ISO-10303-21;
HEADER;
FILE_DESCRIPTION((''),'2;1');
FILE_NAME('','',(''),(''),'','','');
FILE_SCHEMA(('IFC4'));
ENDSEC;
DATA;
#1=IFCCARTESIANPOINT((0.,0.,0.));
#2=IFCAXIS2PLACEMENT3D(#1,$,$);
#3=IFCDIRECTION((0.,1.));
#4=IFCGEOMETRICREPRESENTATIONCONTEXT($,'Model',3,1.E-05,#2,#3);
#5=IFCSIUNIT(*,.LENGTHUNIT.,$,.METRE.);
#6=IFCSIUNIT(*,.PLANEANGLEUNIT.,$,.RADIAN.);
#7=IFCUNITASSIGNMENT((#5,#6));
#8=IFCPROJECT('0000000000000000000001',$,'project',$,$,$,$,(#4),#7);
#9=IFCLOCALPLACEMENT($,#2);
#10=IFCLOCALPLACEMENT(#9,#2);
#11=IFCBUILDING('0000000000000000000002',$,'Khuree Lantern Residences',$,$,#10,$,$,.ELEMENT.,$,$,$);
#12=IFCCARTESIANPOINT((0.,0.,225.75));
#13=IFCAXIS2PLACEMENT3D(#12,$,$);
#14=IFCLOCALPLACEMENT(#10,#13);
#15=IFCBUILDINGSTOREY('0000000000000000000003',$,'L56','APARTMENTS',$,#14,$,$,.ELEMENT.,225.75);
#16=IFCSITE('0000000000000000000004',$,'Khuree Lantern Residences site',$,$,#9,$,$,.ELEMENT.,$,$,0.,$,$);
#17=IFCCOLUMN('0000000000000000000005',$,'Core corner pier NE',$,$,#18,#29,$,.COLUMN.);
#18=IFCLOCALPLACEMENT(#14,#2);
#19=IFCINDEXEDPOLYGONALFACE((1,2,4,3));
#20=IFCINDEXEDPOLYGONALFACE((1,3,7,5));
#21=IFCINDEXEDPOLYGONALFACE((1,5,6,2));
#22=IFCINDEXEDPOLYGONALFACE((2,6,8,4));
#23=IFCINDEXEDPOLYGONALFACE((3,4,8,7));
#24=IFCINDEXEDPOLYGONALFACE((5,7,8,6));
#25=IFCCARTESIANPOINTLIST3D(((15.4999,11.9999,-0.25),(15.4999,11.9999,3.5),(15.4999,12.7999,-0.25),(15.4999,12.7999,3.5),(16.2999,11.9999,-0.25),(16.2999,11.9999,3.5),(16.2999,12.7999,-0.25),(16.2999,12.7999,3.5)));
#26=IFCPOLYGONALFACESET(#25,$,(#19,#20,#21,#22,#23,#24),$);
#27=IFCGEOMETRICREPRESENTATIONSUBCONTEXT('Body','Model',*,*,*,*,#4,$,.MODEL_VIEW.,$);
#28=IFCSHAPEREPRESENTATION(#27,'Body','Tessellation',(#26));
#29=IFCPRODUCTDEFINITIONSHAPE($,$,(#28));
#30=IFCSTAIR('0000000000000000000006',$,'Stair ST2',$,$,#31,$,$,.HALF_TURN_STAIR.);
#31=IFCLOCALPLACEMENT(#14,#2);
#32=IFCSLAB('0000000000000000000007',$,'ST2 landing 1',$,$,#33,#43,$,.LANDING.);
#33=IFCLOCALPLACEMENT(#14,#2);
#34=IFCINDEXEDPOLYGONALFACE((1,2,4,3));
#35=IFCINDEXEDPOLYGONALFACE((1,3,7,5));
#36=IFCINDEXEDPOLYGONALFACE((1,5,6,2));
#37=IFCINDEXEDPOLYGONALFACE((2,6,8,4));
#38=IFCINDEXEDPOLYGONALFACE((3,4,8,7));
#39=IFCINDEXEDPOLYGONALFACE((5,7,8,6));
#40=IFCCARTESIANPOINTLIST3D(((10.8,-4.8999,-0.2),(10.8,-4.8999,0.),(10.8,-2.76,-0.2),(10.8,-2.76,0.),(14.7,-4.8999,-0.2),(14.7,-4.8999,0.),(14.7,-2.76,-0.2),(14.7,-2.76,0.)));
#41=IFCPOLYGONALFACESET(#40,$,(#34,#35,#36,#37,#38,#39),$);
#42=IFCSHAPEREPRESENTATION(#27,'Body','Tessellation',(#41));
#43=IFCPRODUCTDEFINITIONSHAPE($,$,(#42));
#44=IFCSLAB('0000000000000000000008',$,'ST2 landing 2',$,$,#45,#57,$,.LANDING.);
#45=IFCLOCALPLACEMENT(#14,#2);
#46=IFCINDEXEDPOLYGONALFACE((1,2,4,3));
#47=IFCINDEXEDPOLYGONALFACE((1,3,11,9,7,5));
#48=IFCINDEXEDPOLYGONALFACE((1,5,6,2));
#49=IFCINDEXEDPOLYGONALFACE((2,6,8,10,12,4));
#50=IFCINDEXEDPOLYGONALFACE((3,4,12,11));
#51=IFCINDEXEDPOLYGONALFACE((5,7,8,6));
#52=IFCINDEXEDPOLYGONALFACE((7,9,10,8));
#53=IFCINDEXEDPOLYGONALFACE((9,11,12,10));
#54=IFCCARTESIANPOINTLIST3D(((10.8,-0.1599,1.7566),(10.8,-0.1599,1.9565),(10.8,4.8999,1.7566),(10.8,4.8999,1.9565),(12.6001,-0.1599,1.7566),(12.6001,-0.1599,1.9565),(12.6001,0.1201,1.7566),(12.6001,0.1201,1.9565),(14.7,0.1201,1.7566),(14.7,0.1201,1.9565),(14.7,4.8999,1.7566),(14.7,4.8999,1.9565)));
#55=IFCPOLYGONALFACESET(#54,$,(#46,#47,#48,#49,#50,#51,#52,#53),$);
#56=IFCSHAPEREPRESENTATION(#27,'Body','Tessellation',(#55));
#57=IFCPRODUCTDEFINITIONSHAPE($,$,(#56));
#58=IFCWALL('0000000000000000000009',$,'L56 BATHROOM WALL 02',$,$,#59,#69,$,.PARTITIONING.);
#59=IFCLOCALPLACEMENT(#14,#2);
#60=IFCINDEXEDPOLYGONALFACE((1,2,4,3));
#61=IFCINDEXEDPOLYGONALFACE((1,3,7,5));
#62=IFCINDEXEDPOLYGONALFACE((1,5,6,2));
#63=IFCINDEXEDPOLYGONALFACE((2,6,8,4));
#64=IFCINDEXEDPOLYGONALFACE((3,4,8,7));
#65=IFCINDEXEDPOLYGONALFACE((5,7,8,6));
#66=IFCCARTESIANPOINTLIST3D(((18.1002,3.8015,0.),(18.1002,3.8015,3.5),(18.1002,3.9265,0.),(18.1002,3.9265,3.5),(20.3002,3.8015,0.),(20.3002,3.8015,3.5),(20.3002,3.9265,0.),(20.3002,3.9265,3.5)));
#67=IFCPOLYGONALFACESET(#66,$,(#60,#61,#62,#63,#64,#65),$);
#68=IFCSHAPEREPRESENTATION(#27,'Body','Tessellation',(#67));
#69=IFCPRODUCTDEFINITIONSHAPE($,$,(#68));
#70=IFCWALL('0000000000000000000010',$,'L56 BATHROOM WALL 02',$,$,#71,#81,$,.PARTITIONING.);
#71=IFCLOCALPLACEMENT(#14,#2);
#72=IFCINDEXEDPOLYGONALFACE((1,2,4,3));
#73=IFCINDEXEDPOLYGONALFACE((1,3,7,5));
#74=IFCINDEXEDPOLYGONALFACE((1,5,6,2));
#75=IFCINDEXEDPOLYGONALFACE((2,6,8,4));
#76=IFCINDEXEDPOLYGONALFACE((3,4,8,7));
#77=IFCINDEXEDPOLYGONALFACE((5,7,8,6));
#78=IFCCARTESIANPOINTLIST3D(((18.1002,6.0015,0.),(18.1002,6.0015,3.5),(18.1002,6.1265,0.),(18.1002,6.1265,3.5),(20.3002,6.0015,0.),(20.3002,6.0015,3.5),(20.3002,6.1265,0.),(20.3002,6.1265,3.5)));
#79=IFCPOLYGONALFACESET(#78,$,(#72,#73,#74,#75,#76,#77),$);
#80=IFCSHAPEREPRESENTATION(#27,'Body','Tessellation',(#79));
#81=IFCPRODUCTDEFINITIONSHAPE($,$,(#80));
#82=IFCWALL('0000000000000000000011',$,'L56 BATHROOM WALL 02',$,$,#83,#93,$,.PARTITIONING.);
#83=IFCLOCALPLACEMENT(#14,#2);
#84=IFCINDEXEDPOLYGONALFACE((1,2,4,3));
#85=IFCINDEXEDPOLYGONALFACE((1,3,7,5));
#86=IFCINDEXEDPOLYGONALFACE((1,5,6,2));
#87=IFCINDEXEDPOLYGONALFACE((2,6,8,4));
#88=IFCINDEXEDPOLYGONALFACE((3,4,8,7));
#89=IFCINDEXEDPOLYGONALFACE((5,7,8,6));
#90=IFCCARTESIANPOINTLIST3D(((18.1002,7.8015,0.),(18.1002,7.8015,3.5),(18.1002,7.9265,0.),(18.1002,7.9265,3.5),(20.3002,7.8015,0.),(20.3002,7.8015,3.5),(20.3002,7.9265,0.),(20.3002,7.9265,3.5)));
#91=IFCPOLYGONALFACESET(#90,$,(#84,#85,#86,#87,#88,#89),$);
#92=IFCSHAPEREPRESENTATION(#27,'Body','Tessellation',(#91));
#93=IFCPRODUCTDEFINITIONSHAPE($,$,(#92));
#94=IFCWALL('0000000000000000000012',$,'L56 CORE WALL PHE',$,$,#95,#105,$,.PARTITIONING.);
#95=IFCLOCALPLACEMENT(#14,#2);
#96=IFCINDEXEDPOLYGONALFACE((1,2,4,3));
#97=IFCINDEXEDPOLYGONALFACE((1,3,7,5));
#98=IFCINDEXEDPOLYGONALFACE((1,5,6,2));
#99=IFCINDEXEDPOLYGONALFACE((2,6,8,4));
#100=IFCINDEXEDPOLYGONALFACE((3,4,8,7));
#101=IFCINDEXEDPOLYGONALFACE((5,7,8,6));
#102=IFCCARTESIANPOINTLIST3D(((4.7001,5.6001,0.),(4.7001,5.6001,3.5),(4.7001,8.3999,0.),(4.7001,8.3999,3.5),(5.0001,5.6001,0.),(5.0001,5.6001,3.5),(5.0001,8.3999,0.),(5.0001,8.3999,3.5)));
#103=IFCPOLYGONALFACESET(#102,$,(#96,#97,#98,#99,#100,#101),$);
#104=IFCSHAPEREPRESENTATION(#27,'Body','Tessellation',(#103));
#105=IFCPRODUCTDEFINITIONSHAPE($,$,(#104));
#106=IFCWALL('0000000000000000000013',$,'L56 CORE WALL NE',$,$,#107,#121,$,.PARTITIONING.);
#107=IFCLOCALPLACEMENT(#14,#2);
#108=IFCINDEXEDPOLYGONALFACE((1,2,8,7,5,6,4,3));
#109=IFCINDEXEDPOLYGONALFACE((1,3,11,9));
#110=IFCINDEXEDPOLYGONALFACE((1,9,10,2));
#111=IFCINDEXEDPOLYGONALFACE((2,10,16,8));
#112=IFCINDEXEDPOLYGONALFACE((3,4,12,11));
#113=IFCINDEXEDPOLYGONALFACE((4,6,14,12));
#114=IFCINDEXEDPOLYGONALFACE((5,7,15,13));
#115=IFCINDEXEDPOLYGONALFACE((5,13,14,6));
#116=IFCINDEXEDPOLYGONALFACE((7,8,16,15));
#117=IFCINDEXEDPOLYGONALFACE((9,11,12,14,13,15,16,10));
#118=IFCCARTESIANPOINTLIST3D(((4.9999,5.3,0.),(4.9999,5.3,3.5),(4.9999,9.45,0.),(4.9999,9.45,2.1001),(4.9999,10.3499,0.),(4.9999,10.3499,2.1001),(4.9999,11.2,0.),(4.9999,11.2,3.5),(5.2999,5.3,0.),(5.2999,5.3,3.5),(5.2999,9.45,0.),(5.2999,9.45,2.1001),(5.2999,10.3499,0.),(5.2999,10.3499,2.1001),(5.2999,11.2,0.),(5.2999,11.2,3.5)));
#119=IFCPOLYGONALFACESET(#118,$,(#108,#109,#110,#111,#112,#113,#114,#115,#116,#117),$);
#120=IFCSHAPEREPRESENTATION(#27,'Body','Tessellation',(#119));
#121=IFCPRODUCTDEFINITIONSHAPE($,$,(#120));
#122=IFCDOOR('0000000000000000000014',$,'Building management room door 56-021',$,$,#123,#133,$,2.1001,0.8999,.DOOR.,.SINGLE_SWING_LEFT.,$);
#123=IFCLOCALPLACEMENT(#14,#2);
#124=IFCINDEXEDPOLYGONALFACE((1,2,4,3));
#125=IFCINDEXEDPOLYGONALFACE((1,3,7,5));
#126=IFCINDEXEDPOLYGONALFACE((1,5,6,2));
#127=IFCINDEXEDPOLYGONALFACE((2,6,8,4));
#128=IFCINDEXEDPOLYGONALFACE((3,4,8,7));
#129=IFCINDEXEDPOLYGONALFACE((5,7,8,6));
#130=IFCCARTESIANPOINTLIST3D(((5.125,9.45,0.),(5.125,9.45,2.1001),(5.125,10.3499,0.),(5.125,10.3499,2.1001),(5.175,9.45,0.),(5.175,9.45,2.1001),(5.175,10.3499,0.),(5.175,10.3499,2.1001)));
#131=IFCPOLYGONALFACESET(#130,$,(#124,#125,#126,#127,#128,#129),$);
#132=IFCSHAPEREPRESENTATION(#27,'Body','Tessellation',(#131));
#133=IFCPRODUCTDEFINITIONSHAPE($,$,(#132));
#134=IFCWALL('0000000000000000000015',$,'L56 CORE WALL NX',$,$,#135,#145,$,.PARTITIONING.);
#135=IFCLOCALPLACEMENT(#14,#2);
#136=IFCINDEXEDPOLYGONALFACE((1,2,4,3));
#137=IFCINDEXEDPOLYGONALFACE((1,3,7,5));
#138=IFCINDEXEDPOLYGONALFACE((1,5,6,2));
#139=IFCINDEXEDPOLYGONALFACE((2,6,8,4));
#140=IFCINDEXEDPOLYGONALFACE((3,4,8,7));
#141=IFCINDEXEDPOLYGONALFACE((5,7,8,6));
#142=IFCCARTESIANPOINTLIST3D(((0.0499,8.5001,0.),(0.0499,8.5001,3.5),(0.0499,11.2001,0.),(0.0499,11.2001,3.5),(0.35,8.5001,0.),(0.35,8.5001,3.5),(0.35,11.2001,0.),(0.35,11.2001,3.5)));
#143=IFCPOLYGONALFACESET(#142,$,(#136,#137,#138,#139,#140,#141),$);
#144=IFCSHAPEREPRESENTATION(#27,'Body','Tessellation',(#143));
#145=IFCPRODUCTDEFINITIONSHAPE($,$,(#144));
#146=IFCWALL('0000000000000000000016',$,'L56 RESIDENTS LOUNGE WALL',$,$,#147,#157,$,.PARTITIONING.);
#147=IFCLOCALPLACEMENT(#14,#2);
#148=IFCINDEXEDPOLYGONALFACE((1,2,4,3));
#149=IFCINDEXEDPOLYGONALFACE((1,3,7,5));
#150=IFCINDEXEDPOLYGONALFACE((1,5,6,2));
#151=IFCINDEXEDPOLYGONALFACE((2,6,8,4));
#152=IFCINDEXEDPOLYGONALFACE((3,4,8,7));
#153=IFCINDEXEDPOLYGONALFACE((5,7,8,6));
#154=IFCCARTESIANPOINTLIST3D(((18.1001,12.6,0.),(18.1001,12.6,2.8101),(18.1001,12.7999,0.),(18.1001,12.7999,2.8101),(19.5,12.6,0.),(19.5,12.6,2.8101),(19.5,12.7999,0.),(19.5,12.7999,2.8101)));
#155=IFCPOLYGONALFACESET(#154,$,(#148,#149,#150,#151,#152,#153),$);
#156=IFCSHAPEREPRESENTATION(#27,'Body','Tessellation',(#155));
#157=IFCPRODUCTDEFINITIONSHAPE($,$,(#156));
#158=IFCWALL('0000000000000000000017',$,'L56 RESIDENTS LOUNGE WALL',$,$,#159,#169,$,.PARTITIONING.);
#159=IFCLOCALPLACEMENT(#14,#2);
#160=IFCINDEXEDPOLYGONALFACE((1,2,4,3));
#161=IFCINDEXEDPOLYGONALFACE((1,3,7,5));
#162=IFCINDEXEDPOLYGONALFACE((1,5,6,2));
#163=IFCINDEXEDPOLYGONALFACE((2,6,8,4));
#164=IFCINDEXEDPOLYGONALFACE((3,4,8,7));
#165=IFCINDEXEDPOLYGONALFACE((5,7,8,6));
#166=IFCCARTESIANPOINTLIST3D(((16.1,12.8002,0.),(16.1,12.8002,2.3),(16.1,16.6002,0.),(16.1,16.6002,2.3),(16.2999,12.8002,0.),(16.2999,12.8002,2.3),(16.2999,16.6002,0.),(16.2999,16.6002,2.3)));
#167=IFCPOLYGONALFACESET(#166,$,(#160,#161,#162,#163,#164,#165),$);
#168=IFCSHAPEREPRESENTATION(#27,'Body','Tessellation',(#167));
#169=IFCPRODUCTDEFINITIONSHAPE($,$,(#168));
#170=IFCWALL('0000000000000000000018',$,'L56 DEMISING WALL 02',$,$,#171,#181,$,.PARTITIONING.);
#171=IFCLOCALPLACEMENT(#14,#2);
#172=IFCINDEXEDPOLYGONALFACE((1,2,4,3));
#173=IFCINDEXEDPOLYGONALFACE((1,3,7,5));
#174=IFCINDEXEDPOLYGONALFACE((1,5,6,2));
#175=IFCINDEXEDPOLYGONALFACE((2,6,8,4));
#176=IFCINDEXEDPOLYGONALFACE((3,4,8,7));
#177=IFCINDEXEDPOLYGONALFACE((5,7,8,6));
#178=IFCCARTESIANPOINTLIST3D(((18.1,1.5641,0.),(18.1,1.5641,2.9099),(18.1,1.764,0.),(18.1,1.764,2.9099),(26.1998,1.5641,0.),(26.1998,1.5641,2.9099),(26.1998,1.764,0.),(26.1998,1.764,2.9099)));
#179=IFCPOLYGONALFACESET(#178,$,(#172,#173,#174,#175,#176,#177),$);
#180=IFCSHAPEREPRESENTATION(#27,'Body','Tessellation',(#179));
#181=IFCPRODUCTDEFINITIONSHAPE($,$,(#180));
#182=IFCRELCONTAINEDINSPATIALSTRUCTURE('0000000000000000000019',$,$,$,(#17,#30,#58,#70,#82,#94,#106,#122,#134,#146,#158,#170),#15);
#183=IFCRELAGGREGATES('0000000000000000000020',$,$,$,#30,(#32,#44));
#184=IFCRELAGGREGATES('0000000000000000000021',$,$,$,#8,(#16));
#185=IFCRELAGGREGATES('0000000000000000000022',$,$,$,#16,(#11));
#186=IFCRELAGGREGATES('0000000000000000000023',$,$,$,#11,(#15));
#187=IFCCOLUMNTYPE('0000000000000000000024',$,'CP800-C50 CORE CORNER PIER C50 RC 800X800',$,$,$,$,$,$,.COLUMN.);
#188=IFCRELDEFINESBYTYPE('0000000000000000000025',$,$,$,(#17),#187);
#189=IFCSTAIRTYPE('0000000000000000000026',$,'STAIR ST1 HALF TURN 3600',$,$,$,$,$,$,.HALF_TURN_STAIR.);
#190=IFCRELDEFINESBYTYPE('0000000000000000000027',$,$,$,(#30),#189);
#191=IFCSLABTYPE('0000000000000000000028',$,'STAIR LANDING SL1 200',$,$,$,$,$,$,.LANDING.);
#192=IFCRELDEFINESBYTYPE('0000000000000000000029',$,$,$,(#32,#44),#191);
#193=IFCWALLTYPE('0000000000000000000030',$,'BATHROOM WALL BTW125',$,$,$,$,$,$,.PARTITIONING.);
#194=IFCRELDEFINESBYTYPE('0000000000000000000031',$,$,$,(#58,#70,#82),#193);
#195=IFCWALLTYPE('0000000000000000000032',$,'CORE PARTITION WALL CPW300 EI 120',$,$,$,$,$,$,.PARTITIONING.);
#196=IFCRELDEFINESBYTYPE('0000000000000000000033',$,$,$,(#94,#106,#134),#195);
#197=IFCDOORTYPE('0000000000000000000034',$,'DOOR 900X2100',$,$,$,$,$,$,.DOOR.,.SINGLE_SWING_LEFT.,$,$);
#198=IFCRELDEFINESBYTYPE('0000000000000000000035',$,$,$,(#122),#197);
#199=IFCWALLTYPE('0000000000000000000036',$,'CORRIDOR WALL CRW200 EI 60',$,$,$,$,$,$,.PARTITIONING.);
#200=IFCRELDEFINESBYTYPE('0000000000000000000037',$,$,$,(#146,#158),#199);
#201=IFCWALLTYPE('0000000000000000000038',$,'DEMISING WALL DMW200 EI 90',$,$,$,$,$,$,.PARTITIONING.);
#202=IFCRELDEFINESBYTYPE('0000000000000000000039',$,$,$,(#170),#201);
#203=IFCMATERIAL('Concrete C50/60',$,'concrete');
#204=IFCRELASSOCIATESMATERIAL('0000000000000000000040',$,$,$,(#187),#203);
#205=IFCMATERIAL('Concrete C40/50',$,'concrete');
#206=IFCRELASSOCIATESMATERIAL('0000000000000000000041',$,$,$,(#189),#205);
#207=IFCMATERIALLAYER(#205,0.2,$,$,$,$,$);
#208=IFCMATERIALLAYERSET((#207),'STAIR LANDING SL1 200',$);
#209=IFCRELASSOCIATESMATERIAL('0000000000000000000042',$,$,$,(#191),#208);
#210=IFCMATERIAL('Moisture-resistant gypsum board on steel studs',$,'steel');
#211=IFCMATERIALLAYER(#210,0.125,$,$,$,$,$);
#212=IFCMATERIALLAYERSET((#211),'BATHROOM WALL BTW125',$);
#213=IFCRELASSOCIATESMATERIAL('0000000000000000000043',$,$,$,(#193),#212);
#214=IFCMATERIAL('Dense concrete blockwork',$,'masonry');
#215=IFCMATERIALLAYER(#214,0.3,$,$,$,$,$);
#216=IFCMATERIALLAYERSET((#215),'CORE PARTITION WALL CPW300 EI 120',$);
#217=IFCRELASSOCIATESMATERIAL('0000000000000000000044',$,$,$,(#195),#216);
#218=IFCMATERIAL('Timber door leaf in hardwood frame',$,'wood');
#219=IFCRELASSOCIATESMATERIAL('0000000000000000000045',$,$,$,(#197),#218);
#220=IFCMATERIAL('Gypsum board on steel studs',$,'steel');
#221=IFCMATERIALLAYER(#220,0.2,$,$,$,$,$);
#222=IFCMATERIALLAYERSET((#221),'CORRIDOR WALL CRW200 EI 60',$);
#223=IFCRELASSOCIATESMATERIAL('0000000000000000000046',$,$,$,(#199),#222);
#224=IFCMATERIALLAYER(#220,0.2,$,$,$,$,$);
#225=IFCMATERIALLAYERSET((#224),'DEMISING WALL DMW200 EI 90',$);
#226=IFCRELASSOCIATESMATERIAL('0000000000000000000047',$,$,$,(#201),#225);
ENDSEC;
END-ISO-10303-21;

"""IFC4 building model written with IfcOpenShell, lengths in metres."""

from ifc_helpers import new_model, si_unit, direction, frame, frame_2d, origin, origin_2d, place, context, subcontext, project, spatial, polyline, rectangle, outline, extrude, material, layer, layer_set, material_profile, profile_set, type_object, element, fill, aggregate, save


model = new_model("IFC4")

# Units and contexts
model_context = context("Model", 3, precision=1e-05, world=origin(), true_north=direction((0.0, 1.0)))
body_context = subcontext(model_context, "Body", "Model", "MODEL_VIEW")
ifc_project = project(units=[si_unit("LENGTHUNIT", "METRE"), si_unit("PLANEANGLEUNIT", "RADIAN")], contexts=[model_context])

# Site, building, storey
site_placement = place(None, origin())
site = spatial("IfcSite", under=ifc_project, at=site_placement, Name="Khuree Lantern Residences site", CompositionType="ELEMENT", RefElevation=0.0)
building_placement = place(site_placement, origin())
building = spatial("IfcBuilding", under=site, at=building_placement, Name="Khuree Lantern Residences", CompositionType="ELEMENT")
storey_placement = place(building_placement, frame((0.0, 0.0, 225.75)))
storey = spatial("IfcBuildingStorey", under=building, at=storey_placement, Name="L56", Description="APARTMENTS", CompositionType="ELEMENT", Elevation=225.75)

# Column
ifc_material_1 = material(Name="Concrete C50/60", Category="concrete")
ifc_material_profile = material_profile(ifc_material_1, rectangle(XDim=0.8, YDim=0.8, at=origin_2d()), Name="RC 800X800")
ifc_profile_set = profile_set([ifc_material_profile], Name="Concrete C50/60")
column_type = type_object("IfcColumnType", Name="CP800-C50 CORE CORNER PIER C50 RC 800X800", PredefinedType="COLUMN", material=ifc_profile_set)
column_placement = place(storey_placement, frame((15.8999, 12.3999, -0.25), z_axis=(0.0, 0.0, 1.0), x_axis=(1.0, 0.0, 0.0)))
element("IfcColumn", 1, at=column_placement, inside=storey, type_object=column_type, Name="Core corner pier NE", PredefinedType="COLUMN", context=body_context, shape_type="SweptSolid", body=[
    extrude(rectangle(XDim=0.8, YDim=0.8, at=origin_2d()), origin(), (0.0, 0.0, 1.0), 3.75),
])

# Stair, slabs
ifc_material_2 = material(Name="Concrete C40/50", Category="concrete")
stair_type = type_object("IfcStairType", Name="STAIR ST1 HALF TURN 3600", PredefinedType="HALF_TURN_STAIR", material=ifc_material_2)
stair_placement = place(storey_placement, origin())
stair = element("IfcStair", 2, at=stair_placement, inside=storey, type_object=stair_type, Name="Stair ST2", PredefinedType="HALF_TURN_STAIR")
ifc_layer_1 = layer(ifc_material_2, 0.2)
ifc_layer_set_1 = layer_set([ifc_layer_1], Name="STAIR LANDING SL1 200")
slab_type = type_object("IfcSlabType", Name="STAIR LANDING SL1 200", PredefinedType="LANDING", material=ifc_layer_set_1)
slab_1_placement = place(storey_placement, frame((0.0, 0.0, -0.2)))
slab_1 = element("IfcSlab", 3, at=slab_1_placement, type_object=slab_type, Name="ST2 landing 1", PredefinedType="LANDING", context=body_context, shape_type="SweptSolid", body=[
    extrude(outline(polyline([(10.8, -4.8999), (14.7, -4.8999), (14.7, -2.76), (10.8, -2.76), (10.8, -4.8999)])), origin(), (0.0, 0.0, 1.0), 0.2),
])
slab_2_placement = place(storey_placement, frame((0.0, 0.0, 1.7566)))
slab_2 = element("IfcSlab", 4, at=slab_2_placement, type_object=slab_type, Name="ST2 landing 2", PredefinedType="LANDING", context=body_context, shape_type="SweptSolid", body=[
    extrude(outline(polyline([(14.7, 4.8999), (14.7, 0.1201), (12.6001, 0.1201), (12.6001, -0.1599), (10.8, -0.1599), (10.8, 4.8999), (14.7, 4.8999)])), origin(), (0.0, 0.0, 1.0), 0.2),
])
aggregate(stair, [slab_1, slab_2])

# Walls
ifc_material_3 = material(Name="Moisture-resistant gypsum board on steel studs", Category="steel")
ifc_layer_2 = layer(ifc_material_3, 0.125)
ifc_layer_set_2 = layer_set([ifc_layer_2], Name="BATHROOM WALL BTW125")
wall_type_1 = type_object("IfcWallType", Name="BATHROOM WALL BTW125", PredefinedType="PARTITIONING", material=ifc_layer_set_2)
for number, where, z_axis, x_axis, name in (
    (5, (18.1001, 3.864, 0.0), (0.0, 0.0, 1.0), (1.0, 0.0, 0.0), "L56 BATHROOM WALL 02"),
    (6, (18.1001, 6.064, 0.0), (0.0, 0.0, 1.0), (1.0, 0.0, 0.0), "L56 BATHROOM WALL 02"),
    (7, (18.1001, 7.864, 0.0), (0.0, 0.0, 1.0), (1.0, 0.0, 0.0), "L56 BATHROOM WALL 02"),
):
    element("IfcWall", number, at=place(storey_placement, frame(where, z_axis=z_axis, x_axis=x_axis)), inside=storey, type_object=wall_type_1, Name=name, PredefinedType="PARTITIONING", context=body_context, shape_type="SweptSolid", body=[
        extrude(rectangle(XDim=2.2, YDim=0.125, at=frame_2d((1.1001, 0.0))), origin(), (0.0, 0.0, 1.0), 3.5),
    ])
ifc_material_4 = material(Name="Dense concrete blockwork", Category="masonry")
ifc_layer_3 = layer(ifc_material_4, 0.3)
ifc_layer_set_3 = layer_set([ifc_layer_3], Name="CORE PARTITION WALL CPW300 EI 120")
wall_type_2 = type_object("IfcWallType", Name="CORE PARTITION WALL CPW300 EI 120", PredefinedType="PARTITIONING", material=ifc_layer_set_3)
wall_1_placement = place(storey_placement, frame((4.8501, 5.6001, 0.0), z_axis=(0.0, 0.0, 1.0), x_axis=(0.0, 1.0, 0.0)))
element("IfcWall", 8, at=wall_1_placement, inside=storey, type_object=wall_type_2, Name="L56 CORE WALL PHE", PredefinedType="PARTITIONING", context=body_context, shape_type="SweptSolid", body=[
    extrude(rectangle(XDim=2.7998, YDim=0.3, at=frame_2d((1.3999, 0.0))), origin(), (0.0, 0.0, 1.0), 3.5),
])

# Wall, opening, door
wall_2_placement = place(storey_placement, frame((5.1499, 5.3, 0.0), z_axis=(0.0, 0.0, 1.0), x_axis=(0.0, 1.0, 0.0)))
wall_2 = element("IfcWall", 9, at=wall_2_placement, inside=storey, type_object=wall_type_2, Name="L56 CORE WALL NE", PredefinedType="PARTITIONING", context=body_context, shape_type="SweptSolid", body=[
    extrude(rectangle(XDim=5.8999, YDim=0.3, at=frame_2d((2.95, 0.0))), origin(), (0.0, 0.0, 1.0), 3.5),
])
opening_1_placement = place(wall_2_placement, frame((4.1499, 0.0, 0.0)))
opening_1 = element("IfcOpeningElement", 10, at=opening_1_placement, cuts=wall_2, PredefinedType="OPENING", context=body_context, shape_type="SweptSolid", body=[
    extrude(rectangle(XDim=0.8999, YDim=2.1001, at=frame_2d((0.45, 1.05))), frame((0.0, 0.1602, 0.0), z_axis=(0.0, -1.0, 0.0), x_axis=(1.0, 0.0, 0.0)), (0.0, 0.0, 1.0), 0.3201),
])
ifc_material_5 = material(Name="Timber door leaf in hardwood frame", Category="wood")
door_type_1 = type_object("IfcDoorType", Name="DOOR 900X2100", OperationType="SINGLE_SWING_LEFT", PredefinedType="DOOR", material=ifc_material_5)
door_1_placement = place(opening_1_placement, origin())
door_1 = element("IfcDoor", 11, at=door_1_placement, inside=storey, type_object=door_type_1, Name="Building management room door 56-021", OperationType="SINGLE_SWING_LEFT", OverallHeight=2.1001, OverallWidth=0.8999, PredefinedType="DOOR", context=body_context, shape_type="SweptSolid", body=[
    extrude(rectangle(XDim=0.8999, YDim=2.1001, at=frame_2d((0.45, 1.05))), frame((0.0, 0.0249, 0.0), z_axis=(0.0, -1.0, 0.0), x_axis=(1.0, 0.0, 0.0)), (0.0, 0.0, 1.0), 0.05),
])
fill(opening_1, door_1)

# Walls
wall_3_placement = place(storey_placement, frame((0.2, 8.5, 0.0), z_axis=(0.0, 0.0, 1.0), x_axis=(0.0, 1.0, 0.0)))
element("IfcWall", 12, at=wall_3_placement, inside=storey, type_object=wall_type_2, Name="L56 CORE WALL NX", PredefinedType="PARTITIONING", context=body_context, shape_type="SweptSolid", body=[
    extrude(rectangle(XDim=2.7, YDim=0.3, at=frame_2d((1.3501, 0.0))), origin(), (0.0, 0.0, 1.0), 3.5),
])
ifc_material_6 = material(Name="Gypsum board on steel studs", Category="steel")
ifc_layer_4 = layer(ifc_material_6, 0.2)
ifc_layer_set_4 = layer_set([ifc_layer_4], Name="CORRIDOR WALL CRW200 EI 60")
wall_type_3 = type_object("IfcWallType", Name="CORRIDOR WALL CRW200 EI 60", PredefinedType="PARTITIONING", material=ifc_layer_set_4)
wall_4_placement = place(storey_placement, frame((18.1001, 12.7, 0.0), z_axis=(0.0, 0.0, 1.0), x_axis=(1.0, 0.0, 0.0)))
element("IfcWall", 13, at=wall_4_placement, inside=storey, type_object=wall_type_3, Name="L56 RESIDENTS LOUNGE WALL", PredefinedType="PARTITIONING", context=body_context, shape_type="SweptSolid", body=[
    extrude(rectangle(XDim=1.3999, YDim=0.2, at=frame_2d((0.7, 0.0))), origin(), (0.0, 0.0, 1.0), 2.8101),
])
wall_5_placement = place(storey_placement, frame((16.2, 16.6001, 0.0), z_axis=(0.0, 0.0, 1.0), x_axis=(0.0, -1.0, 0.0)))
element("IfcWall", 14, at=wall_5_placement, inside=storey, type_object=wall_type_3, Name="L56 RESIDENTS LOUNGE WALL", PredefinedType="PARTITIONING", context=body_context, shape_type="SweptSolid", body=[
    extrude(rectangle(XDim=3.8, YDim=0.2, at=frame_2d((1.8999, 0.0))), origin(), (0.0, 0.0, 1.0), 2.3),
])
ifc_layer_5 = layer(ifc_material_6, 0.2)
ifc_layer_set_5 = layer_set([ifc_layer_5], Name="DEMISING WALL DMW200 EI 90")
wall_type_4 = type_object("IfcWallType", Name="DEMISING WALL DMW200 EI 90", PredefinedType="PARTITIONING", material=ifc_layer_set_5)
wall_6_placement = place(storey_placement, frame((18.1001, 1.6641, 0.0), z_axis=(0.0, 0.0, 1.0), x_axis=(1.0, 0.0, 0.0)))
element("IfcWall", 15, at=wall_6_placement, inside=storey, type_object=wall_type_4, Name="L56 DEMISING WALL 02", PredefinedType="PARTITIONING", context=body_context, shape_type="SweptSolid", body=[
    extrude(rectangle(XDim=8.0999, YDim=0.2, at=frame_2d((4.0498, 0.0))), origin(), (0.0, 0.0, 1.0), 2.9099),
])

save(model, "model.ifc")
